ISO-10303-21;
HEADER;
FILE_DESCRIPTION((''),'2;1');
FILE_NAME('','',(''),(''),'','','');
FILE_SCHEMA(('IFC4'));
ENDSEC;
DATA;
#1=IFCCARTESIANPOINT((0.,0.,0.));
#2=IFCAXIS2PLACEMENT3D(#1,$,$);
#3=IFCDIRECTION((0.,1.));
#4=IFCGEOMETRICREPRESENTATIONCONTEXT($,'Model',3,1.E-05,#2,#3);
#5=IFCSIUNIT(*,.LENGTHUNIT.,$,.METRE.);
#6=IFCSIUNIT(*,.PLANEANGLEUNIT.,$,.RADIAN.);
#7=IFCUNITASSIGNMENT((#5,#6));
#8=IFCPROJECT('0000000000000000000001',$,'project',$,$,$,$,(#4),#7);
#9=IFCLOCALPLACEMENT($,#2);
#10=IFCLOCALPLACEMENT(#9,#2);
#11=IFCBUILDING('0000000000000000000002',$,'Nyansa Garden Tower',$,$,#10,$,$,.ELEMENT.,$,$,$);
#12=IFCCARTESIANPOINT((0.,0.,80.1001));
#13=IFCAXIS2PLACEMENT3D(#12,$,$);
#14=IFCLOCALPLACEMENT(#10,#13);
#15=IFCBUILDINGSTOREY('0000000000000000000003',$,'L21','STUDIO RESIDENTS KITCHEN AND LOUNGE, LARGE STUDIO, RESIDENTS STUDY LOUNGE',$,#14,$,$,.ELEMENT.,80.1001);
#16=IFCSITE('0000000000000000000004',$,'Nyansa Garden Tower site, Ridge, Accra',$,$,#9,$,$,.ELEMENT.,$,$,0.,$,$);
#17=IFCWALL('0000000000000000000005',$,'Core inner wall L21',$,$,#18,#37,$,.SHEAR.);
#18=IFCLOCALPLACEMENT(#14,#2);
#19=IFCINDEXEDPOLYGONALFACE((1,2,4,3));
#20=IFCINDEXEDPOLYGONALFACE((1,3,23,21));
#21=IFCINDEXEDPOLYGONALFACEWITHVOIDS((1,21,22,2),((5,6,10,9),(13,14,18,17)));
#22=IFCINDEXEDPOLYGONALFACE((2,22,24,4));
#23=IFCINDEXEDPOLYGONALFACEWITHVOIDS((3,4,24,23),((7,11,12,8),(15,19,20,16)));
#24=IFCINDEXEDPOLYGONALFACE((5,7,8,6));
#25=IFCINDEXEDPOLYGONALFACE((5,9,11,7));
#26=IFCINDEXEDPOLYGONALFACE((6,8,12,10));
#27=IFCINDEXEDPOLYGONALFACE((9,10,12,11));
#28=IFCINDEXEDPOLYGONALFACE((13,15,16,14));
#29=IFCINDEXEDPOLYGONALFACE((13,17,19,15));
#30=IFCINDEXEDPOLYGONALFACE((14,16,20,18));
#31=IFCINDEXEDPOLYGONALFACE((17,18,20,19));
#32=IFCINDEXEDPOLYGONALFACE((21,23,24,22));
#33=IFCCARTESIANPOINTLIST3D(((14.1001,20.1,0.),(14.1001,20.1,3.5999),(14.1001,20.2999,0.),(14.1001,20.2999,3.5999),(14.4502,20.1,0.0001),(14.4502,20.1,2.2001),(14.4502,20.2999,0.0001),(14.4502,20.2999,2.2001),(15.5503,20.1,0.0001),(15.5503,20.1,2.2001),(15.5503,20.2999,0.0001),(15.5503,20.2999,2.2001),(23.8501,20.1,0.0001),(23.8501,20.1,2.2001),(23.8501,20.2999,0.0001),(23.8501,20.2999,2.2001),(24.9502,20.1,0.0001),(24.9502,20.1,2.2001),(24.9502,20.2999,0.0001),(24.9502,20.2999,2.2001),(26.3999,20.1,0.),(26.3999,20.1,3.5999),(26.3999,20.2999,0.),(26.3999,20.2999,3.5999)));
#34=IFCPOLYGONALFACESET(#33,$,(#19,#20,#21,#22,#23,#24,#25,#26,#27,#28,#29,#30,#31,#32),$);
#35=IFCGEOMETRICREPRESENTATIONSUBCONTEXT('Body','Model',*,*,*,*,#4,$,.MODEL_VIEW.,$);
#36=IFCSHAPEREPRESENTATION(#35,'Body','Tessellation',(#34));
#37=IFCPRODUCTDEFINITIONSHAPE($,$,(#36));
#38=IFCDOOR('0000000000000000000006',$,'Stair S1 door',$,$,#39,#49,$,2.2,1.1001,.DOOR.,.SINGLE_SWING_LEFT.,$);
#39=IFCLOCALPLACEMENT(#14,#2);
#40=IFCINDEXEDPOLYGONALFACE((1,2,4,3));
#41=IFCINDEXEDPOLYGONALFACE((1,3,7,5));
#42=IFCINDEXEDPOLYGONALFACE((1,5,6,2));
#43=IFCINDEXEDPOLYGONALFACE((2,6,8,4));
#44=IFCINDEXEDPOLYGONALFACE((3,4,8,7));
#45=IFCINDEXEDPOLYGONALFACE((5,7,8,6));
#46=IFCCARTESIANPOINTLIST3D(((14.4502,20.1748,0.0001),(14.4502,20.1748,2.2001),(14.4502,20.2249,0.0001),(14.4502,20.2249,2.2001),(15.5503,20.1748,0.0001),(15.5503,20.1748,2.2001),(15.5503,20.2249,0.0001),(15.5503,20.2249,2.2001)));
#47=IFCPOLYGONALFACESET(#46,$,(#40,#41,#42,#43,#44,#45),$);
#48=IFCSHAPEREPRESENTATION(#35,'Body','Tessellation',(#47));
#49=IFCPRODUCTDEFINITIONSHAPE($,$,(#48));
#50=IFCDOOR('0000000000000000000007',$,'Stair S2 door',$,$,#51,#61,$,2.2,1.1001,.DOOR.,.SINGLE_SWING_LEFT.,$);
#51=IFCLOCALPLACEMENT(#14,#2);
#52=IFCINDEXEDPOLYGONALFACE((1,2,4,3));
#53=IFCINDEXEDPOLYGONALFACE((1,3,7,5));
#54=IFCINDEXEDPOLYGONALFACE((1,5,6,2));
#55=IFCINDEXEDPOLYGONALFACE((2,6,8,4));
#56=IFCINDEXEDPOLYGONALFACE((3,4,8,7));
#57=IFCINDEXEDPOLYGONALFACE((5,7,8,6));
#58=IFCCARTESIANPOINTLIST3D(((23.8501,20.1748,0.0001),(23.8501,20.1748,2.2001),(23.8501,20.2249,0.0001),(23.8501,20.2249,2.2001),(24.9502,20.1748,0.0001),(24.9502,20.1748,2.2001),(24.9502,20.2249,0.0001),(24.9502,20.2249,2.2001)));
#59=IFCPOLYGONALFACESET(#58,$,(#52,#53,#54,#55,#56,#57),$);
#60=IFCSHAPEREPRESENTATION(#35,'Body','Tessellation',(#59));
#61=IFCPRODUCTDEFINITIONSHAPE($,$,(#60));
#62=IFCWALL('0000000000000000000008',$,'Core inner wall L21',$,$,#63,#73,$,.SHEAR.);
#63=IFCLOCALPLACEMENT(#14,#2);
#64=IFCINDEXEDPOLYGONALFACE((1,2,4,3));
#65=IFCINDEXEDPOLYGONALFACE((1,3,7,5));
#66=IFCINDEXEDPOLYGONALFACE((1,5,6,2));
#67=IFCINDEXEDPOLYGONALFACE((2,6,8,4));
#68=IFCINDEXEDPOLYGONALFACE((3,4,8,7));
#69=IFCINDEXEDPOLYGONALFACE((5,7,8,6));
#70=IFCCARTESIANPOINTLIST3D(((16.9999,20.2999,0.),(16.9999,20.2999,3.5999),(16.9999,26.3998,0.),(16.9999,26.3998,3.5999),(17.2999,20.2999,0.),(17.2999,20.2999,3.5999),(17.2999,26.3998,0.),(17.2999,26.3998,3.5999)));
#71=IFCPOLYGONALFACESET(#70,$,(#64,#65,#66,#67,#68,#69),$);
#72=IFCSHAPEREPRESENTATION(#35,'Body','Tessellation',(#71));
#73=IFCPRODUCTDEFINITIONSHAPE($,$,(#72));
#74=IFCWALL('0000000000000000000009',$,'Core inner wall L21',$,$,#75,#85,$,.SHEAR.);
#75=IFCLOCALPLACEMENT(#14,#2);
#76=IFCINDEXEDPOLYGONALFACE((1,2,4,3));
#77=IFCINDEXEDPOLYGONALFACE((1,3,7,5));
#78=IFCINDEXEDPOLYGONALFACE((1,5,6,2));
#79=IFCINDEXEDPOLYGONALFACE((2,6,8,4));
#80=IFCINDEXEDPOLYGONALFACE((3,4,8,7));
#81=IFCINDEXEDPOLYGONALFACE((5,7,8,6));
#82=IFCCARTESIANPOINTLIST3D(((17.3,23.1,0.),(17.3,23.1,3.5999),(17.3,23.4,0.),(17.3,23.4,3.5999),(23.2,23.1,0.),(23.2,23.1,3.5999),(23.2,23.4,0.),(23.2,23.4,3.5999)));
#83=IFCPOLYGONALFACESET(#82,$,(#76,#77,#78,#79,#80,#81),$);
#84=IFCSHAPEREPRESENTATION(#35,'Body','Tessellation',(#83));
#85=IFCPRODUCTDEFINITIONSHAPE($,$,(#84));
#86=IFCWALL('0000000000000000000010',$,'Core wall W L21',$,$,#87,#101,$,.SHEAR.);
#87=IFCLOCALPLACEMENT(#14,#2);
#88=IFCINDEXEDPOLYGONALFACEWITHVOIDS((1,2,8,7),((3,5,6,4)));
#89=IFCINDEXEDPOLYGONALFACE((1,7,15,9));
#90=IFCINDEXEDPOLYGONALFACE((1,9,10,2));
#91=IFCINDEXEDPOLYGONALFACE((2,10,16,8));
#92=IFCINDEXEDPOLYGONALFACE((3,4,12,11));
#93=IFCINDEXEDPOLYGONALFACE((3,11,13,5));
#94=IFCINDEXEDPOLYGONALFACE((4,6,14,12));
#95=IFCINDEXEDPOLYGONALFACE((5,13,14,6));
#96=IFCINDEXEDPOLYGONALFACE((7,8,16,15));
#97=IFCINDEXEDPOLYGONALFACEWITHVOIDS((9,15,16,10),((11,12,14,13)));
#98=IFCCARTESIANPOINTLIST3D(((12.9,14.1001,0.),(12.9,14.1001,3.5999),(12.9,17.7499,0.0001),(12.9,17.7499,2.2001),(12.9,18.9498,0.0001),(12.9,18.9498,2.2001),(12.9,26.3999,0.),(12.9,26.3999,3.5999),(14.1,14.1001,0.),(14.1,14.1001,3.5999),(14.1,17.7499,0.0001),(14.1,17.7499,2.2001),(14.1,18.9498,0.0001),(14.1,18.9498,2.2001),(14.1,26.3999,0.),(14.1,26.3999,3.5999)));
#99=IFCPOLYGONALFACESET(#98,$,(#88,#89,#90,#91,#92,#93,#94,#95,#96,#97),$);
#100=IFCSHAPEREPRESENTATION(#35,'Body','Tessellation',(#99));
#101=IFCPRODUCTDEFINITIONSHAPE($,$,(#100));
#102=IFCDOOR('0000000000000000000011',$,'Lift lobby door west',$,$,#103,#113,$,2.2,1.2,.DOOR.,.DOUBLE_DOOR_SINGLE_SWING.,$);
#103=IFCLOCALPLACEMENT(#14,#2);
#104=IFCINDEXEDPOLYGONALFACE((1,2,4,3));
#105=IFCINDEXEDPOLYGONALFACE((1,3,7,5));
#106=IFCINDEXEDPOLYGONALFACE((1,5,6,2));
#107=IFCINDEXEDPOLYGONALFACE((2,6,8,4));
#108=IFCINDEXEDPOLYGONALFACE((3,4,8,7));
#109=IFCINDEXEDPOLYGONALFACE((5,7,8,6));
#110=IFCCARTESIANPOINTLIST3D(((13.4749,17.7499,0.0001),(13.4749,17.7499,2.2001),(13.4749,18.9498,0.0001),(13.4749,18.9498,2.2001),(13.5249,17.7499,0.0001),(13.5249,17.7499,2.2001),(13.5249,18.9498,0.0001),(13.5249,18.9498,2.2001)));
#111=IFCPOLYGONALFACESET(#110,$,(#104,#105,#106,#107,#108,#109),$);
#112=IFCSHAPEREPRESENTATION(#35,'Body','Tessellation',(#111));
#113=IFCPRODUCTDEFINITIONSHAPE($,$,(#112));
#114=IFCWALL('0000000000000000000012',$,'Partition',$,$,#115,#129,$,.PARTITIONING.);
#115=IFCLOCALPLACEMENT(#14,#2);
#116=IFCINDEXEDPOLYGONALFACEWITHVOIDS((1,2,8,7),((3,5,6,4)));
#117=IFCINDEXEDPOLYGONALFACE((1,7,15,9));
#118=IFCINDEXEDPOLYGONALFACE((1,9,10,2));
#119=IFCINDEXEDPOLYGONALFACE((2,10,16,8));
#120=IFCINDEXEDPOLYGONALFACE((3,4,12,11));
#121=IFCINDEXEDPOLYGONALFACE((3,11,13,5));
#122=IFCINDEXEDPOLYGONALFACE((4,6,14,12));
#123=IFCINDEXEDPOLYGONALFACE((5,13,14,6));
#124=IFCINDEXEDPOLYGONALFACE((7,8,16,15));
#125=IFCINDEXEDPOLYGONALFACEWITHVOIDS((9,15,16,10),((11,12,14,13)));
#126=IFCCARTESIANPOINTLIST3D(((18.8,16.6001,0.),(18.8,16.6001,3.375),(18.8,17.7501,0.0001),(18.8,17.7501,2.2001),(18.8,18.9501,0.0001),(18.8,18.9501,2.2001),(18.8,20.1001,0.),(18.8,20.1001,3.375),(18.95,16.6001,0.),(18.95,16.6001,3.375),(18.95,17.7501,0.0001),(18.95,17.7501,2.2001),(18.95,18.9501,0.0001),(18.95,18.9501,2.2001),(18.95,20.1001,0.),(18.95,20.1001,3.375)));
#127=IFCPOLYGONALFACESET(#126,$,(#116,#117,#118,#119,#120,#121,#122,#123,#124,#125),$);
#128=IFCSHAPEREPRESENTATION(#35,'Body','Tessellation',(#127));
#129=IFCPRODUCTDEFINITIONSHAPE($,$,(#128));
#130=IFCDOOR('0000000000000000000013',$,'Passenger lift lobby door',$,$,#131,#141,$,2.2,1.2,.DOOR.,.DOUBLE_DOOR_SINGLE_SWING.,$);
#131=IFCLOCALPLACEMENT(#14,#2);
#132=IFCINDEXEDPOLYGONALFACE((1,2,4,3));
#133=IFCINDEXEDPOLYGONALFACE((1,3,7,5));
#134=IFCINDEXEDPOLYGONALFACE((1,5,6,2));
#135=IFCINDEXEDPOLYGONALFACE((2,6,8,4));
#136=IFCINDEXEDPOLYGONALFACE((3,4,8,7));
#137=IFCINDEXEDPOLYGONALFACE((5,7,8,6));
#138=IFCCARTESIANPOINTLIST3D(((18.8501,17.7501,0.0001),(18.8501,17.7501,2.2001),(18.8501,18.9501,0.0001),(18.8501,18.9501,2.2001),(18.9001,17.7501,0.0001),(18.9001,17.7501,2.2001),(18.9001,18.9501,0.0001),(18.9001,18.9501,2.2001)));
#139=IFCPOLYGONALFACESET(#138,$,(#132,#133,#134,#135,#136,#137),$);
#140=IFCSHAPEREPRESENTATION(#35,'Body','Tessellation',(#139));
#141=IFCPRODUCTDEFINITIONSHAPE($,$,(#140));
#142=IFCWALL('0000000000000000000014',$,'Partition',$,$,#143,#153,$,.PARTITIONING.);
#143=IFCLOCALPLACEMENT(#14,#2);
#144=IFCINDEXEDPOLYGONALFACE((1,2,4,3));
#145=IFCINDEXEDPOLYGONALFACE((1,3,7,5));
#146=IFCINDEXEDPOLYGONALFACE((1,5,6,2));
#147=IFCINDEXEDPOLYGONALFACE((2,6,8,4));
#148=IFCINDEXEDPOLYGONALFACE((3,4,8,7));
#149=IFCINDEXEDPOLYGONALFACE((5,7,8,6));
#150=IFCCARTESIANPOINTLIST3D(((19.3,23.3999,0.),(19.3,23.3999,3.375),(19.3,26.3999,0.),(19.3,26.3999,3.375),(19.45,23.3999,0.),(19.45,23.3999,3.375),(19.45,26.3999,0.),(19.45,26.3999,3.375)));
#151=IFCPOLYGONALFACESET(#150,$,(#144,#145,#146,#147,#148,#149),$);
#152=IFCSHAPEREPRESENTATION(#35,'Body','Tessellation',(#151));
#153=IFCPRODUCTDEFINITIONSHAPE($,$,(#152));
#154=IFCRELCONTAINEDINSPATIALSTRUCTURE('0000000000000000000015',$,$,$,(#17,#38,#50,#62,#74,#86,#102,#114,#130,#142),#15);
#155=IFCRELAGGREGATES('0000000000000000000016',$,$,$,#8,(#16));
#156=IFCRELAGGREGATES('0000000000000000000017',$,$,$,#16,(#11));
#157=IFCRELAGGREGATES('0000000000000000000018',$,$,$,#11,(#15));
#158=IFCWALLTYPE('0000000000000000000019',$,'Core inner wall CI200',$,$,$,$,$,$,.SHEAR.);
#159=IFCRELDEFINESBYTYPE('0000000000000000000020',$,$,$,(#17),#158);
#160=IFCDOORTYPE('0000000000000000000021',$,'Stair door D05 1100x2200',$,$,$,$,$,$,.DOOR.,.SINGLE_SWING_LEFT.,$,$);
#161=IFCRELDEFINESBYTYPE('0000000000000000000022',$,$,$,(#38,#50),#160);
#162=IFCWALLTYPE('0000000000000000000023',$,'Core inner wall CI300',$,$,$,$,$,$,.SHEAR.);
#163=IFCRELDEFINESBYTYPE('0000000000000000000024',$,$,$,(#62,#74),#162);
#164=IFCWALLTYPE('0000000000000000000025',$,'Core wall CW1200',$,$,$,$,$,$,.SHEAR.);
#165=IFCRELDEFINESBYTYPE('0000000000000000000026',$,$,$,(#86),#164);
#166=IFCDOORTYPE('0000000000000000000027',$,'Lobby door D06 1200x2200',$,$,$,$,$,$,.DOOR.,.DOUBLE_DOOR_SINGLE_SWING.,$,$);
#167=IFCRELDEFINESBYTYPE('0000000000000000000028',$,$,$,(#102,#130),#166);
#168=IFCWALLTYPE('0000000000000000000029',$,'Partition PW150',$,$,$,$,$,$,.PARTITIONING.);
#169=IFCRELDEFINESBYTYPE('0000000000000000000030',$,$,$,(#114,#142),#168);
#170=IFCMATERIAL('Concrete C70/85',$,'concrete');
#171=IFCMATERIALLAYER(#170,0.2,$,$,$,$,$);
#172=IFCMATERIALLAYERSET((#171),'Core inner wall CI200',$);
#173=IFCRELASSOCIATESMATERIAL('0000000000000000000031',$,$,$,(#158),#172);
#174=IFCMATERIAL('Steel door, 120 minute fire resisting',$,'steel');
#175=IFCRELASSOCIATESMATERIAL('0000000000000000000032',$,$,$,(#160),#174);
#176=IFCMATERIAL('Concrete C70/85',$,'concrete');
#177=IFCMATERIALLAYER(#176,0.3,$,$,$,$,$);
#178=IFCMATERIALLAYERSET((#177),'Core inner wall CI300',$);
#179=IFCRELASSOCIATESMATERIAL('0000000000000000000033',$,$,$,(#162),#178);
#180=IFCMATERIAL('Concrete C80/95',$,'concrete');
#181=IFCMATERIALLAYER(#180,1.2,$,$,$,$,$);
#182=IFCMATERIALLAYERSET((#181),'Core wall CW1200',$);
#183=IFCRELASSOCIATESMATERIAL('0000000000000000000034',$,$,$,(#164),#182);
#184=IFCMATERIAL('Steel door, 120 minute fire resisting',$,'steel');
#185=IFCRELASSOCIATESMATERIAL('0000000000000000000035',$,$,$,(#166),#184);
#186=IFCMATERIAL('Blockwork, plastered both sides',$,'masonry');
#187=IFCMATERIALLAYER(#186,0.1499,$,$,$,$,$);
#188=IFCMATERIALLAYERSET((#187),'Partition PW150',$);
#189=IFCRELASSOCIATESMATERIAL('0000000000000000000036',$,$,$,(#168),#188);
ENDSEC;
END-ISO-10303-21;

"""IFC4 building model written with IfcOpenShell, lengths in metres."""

from ifc_helpers import new_model, si_unit, direction, frame, frame_2d, origin, place, context, subcontext, project, spatial, rectangle, extrude, material, layer, layer_set, type_object, element, fill, save


model = new_model("IFC4")

# Units and contexts
model_context = context("Model", 3, precision=1e-05, world=origin(), true_north=direction((0.0, 1.0)))
body_context = subcontext(model_context, "Body", "Model", "MODEL_VIEW")
ifc_project = project(units=[si_unit("LENGTHUNIT", "METRE"), si_unit("PLANEANGLEUNIT", "RADIAN")], contexts=[model_context])

# Site, building, storey
site_placement = place(None, origin())
site = spatial("IfcSite", under=ifc_project, at=site_placement, Name="Nyansa Garden Tower site, Ridge, Accra", CompositionType="ELEMENT", RefElevation=0.0)
building_placement = place(site_placement, origin())
building = spatial("IfcBuilding", under=site, at=building_placement, Name="Nyansa Garden Tower", CompositionType="ELEMENT")
storey_placement = place(building_placement, frame((0.0, 0.0, 80.1001)))
storey = spatial("IfcBuildingStorey", under=building, at=storey_placement, Name="L21", Description="STUDIO RESIDENTS KITCHEN AND LOUNGE, LARGE STUDIO, RESIDENTS STUDY LOUNGE", CompositionType="ELEMENT", Elevation=80.1001)

# Wall, openings, doors
ifc_material_1 = material(Name="Concrete C70/85", Category="concrete")
ifc_layer_1 = layer(ifc_material_1, 0.2)
ifc_layer_set_1 = layer_set([ifc_layer_1], Name="Core inner wall CI200")
wall_type_1 = type_object("IfcWallType", Name="Core inner wall CI200", PredefinedType="SHEAR", material=ifc_layer_set_1)
wall_1_placement = place(storey_placement, frame((14.1001, 20.2, 0.0), z_axis=(0.0, 0.0, 1.0), x_axis=(1.0, 0.0, 0.0)))
wall_1 = element("IfcWall", 1, at=wall_1_placement, inside=storey, type_object=wall_type_1, Name="Core inner wall L21", PredefinedType="SHEAR", context=body_context, shape_type="SweptSolid", body=[
    extrude(rectangle(XDim=12.2998, YDim=0.2, at=frame_2d((6.1499, 0.0))), origin(), (0.0, 0.0, 1.0), 3.5999),
])
opening_1_placement = place(wall_1_placement, frame((0.3501, 0.0, 0.0)))
opening_1 = element("IfcOpeningElement", 2, at=opening_1_placement, cuts=wall_1, PredefinedType="OPENING", context=body_context, shape_type="SweptSolid", body=[
    extrude(rectangle(XDim=1.1001, YDim=2.2, at=frame_2d((0.55, 1.1001))), frame((0.0, 0.1099, 0.0), z_axis=(0.0, -1.0, 0.0), x_axis=(1.0, 0.0, 0.0)), (0.0, 0.0, 1.0), 0.22),
])
opening_2_placement = place(wall_1_placement, frame((9.75, 0.0, 0.0)))
opening_2 = element("IfcOpeningElement", 3, at=opening_2_placement, cuts=wall_1, PredefinedType="OPENING", context=body_context, shape_type="SweptSolid", body=[
    extrude(rectangle(XDim=1.1001, YDim=2.2, at=frame_2d((0.55, 1.1001))), frame((0.0, 0.1099, 0.0), z_axis=(0.0, -1.0, 0.0), x_axis=(1.0, 0.0, 0.0)), (0.0, 0.0, 1.0), 0.22),
])
ifc_material_2 = material(Name="Steel door, 120 minute fire resisting", Category="steel")
door_type_1 = type_object("IfcDoorType", Name="Stair door D05 1100x2200", OperationType="SINGLE_SWING_LEFT", PredefinedType="DOOR", material=ifc_material_2)
door_1_placement = place(opening_1_placement, origin())
door_1 = element("IfcDoor", 4, at=door_1_placement, inside=storey, type_object=door_type_1, Name="Stair S1 door", OperationType="SINGLE_SWING_LEFT", OverallHeight=2.2, OverallWidth=1.1001, PredefinedType="DOOR", context=body_context, shape_type="SweptSolid", body=[
    extrude(rectangle(XDim=1.1001, YDim=2.2, at=frame_2d((0.55, 1.1001))), frame((0.0, 0.0249, 0.0), z_axis=(0.0, -1.0, 0.0), x_axis=(1.0, 0.0, 0.0)), (0.0, 0.0, 1.0), 0.05),
])
fill(opening_1, door_1)
door_2_placement = place(opening_2_placement, origin())
door_2 = element("IfcDoor", 5, at=door_2_placement, inside=storey, type_object=door_type_1, Name="Stair S2 door", OperationType="SINGLE_SWING_LEFT", OverallHeight=2.2, OverallWidth=1.1001, PredefinedType="DOOR", context=body_context, shape_type="SweptSolid", body=[
    extrude(rectangle(XDim=1.1001, YDim=2.2, at=frame_2d((0.55, 1.1001))), frame((0.0, 0.0249, 0.0), z_axis=(0.0, -1.0, 0.0), x_axis=(1.0, 0.0, 0.0)), (0.0, 0.0, 1.0), 0.05),
])
fill(opening_2, door_2)

# Walls
ifc_material_3 = material(Name="Concrete C70/85", Category="concrete")
ifc_layer_2 = layer(ifc_material_3, 0.3)
ifc_layer_set_2 = layer_set([ifc_layer_2], Name="Core inner wall CI300")
wall_type_2 = type_object("IfcWallType", Name="Core inner wall CI300", PredefinedType="SHEAR", material=ifc_layer_set_2)
wall_2_placement = place(storey_placement, frame((17.1499, 20.3, 0.0), z_axis=(0.0, 0.0, 1.0), x_axis=(0.0, 1.0, 0.0)))
element("IfcWall", 6, at=wall_2_placement, inside=storey, type_object=wall_type_2, Name="Core inner wall L21", PredefinedType="SHEAR", context=body_context, shape_type="SweptSolid", body=[
    extrude(rectangle(XDim=6.0999, YDim=0.3, at=frame_2d((3.0498, 0.0))), origin(), (0.0, 0.0, 1.0), 3.5999),
])
wall_3_placement = place(storey_placement, frame((17.3, 23.25, 0.0), z_axis=(0.0, 0.0, 1.0), x_axis=(1.0, 0.0, 0.0)))
element("IfcWall", 7, at=wall_3_placement, inside=storey, type_object=wall_type_2, Name="Core inner wall L21", PredefinedType="SHEAR", context=body_context, shape_type="SweptSolid", body=[
    extrude(rectangle(XDim=5.8999, YDim=0.3, at=frame_2d((2.95, 0.0))), origin(), (0.0, 0.0, 1.0), 3.5999),
])

# Walls, openings, doors
ifc_material_4 = material(Name="Concrete C80/95", Category="concrete")
ifc_layer_3 = layer(ifc_material_4, 1.2)
ifc_layer_set_3 = layer_set([ifc_layer_3], Name="Core wall CW1200")
wall_type_3 = type_object("IfcWallType", Name="Core wall CW1200", PredefinedType="SHEAR", material=ifc_layer_set_3)
wall_4_placement = place(storey_placement, frame((13.5, 26.3999, 0.0), z_axis=(0.0, 0.0, 1.0), x_axis=(0.0, -1.0, 0.0)))
wall_4 = element("IfcWall", 8, at=wall_4_placement, inside=storey, type_object=wall_type_3, Name="Core wall W L21", PredefinedType="SHEAR", context=body_context, shape_type="SweptSolid", body=[
    extrude(rectangle(XDim=12.2998, YDim=1.2, at=frame_2d((6.1499, 0.0))), origin(), (0.0, 0.0, 1.0), 3.5999),
])
opening_3_placement = place(wall_4_placement, frame((7.45, 0.0, 0.0)))
opening_3 = element("IfcOpeningElement", 9, at=opening_3_placement, cuts=wall_4, PredefinedType="OPENING", context=body_context, shape_type="SweptSolid", body=[
    extrude(rectangle(XDim=1.2, YDim=2.2, at=frame_2d((0.6001, 1.1001))), frame((0.0, 0.6099, 0.0), z_axis=(0.0, -1.0, 0.0), x_axis=(1.0, 0.0, 0.0)), (0.0, 0.0, 1.0), 1.22),
])
ifc_material_5 = material(Name="Steel door, 120 minute fire resisting", Category="steel")
door_type_2 = type_object("IfcDoorType", Name="Lobby door D06 1200x2200", OperationType="DOUBLE_DOOR_SINGLE_SWING", PredefinedType="DOOR", material=ifc_material_5)
door_3_placement = place(opening_3_placement, origin())
door_3 = element("IfcDoor", 10, at=door_3_placement, inside=storey, type_object=door_type_2, Name="Lift lobby door west", OperationType="DOUBLE_DOOR_SINGLE_SWING", OverallHeight=2.2, OverallWidth=1.2, PredefinedType="DOOR", context=body_context, shape_type="SweptSolid", body=[
    extrude(rectangle(XDim=1.2, YDim=2.2, at=frame_2d((0.6001, 1.1001))), frame((0.0, 0.0249, 0.0), z_axis=(0.0, -1.0, 0.0), x_axis=(1.0, 0.0, 0.0)), (0.0, 0.0, 1.0), 0.05),
])
fill(opening_3, door_3)
ifc_material_6 = material(Name="Blockwork, plastered both sides", Category="masonry")
ifc_layer_4 = layer(ifc_material_6, 0.1499)
ifc_layer_set_4 = layer_set([ifc_layer_4], Name="Partition PW150")
wall_type_4 = type_object("IfcWallType", Name="Partition PW150", PredefinedType="PARTITIONING", material=ifc_layer_set_4)
wall_5_placement = place(storey_placement, frame((18.875, 16.6001, 0.0), z_axis=(0.0, 0.0, 1.0), x_axis=(0.0, 1.0, 0.0)))
wall_5 = element("IfcWall", 11, at=wall_5_placement, inside=storey, type_object=wall_type_4, Name="Partition", PredefinedType="PARTITIONING", context=body_context, shape_type="SweptSolid", body=[
    extrude(rectangle(XDim=3.5, YDim=0.1499, at=frame_2d((1.75, 0.0))), origin(), (0.0, 0.0, 1.0), 3.375),
])
opening_4_placement = place(wall_5_placement, frame((1.1499, 0.0, 0.0)))
opening_4 = element("IfcOpeningElement", 12, at=opening_4_placement, cuts=wall_5, PredefinedType="OPENING", context=body_context, shape_type="SweptSolid", body=[
    extrude(rectangle(XDim=1.2, YDim=2.2, at=frame_2d((0.6001, 1.1001))), frame((0.0, 0.085, 0.0), z_axis=(0.0, -1.0, 0.0), x_axis=(1.0, 0.0, 0.0)), (0.0, 0.0, 1.0), 0.1699),
])
door_4_placement = place(opening_4_placement, origin())
door_4 = element("IfcDoor", 13, at=door_4_placement, inside=storey, type_object=door_type_2, Name="Passenger lift lobby door", OperationType="DOUBLE_DOOR_SINGLE_SWING", OverallHeight=2.2, OverallWidth=1.2, PredefinedType="DOOR", context=body_context, shape_type="SweptSolid", body=[
    extrude(rectangle(XDim=1.2, YDim=2.2, at=frame_2d((0.6001, 1.1001))), frame((0.0, 0.0249, 0.0), z_axis=(0.0, -1.0, 0.0), x_axis=(1.0, 0.0, 0.0)), (0.0, 0.0, 1.0), 0.05),
])
fill(opening_4, door_4)

# Wall
wall_6_placement = place(storey_placement, frame((19.375, 23.3999, 0.0), z_axis=(0.0, 0.0, 1.0), x_axis=(0.0, 1.0, 0.0)))
element("IfcWall", 14, at=wall_6_placement, inside=storey, type_object=wall_type_4, Name="Partition", PredefinedType="PARTITIONING", context=body_context, shape_type="SweptSolid", body=[
    extrude(rectangle(XDim=3.0, YDim=0.1499, at=frame_2d((1.5, 0.0))), origin(), (0.0, 0.0, 1.0), 3.375),
])

save(model, "model.ifc")
